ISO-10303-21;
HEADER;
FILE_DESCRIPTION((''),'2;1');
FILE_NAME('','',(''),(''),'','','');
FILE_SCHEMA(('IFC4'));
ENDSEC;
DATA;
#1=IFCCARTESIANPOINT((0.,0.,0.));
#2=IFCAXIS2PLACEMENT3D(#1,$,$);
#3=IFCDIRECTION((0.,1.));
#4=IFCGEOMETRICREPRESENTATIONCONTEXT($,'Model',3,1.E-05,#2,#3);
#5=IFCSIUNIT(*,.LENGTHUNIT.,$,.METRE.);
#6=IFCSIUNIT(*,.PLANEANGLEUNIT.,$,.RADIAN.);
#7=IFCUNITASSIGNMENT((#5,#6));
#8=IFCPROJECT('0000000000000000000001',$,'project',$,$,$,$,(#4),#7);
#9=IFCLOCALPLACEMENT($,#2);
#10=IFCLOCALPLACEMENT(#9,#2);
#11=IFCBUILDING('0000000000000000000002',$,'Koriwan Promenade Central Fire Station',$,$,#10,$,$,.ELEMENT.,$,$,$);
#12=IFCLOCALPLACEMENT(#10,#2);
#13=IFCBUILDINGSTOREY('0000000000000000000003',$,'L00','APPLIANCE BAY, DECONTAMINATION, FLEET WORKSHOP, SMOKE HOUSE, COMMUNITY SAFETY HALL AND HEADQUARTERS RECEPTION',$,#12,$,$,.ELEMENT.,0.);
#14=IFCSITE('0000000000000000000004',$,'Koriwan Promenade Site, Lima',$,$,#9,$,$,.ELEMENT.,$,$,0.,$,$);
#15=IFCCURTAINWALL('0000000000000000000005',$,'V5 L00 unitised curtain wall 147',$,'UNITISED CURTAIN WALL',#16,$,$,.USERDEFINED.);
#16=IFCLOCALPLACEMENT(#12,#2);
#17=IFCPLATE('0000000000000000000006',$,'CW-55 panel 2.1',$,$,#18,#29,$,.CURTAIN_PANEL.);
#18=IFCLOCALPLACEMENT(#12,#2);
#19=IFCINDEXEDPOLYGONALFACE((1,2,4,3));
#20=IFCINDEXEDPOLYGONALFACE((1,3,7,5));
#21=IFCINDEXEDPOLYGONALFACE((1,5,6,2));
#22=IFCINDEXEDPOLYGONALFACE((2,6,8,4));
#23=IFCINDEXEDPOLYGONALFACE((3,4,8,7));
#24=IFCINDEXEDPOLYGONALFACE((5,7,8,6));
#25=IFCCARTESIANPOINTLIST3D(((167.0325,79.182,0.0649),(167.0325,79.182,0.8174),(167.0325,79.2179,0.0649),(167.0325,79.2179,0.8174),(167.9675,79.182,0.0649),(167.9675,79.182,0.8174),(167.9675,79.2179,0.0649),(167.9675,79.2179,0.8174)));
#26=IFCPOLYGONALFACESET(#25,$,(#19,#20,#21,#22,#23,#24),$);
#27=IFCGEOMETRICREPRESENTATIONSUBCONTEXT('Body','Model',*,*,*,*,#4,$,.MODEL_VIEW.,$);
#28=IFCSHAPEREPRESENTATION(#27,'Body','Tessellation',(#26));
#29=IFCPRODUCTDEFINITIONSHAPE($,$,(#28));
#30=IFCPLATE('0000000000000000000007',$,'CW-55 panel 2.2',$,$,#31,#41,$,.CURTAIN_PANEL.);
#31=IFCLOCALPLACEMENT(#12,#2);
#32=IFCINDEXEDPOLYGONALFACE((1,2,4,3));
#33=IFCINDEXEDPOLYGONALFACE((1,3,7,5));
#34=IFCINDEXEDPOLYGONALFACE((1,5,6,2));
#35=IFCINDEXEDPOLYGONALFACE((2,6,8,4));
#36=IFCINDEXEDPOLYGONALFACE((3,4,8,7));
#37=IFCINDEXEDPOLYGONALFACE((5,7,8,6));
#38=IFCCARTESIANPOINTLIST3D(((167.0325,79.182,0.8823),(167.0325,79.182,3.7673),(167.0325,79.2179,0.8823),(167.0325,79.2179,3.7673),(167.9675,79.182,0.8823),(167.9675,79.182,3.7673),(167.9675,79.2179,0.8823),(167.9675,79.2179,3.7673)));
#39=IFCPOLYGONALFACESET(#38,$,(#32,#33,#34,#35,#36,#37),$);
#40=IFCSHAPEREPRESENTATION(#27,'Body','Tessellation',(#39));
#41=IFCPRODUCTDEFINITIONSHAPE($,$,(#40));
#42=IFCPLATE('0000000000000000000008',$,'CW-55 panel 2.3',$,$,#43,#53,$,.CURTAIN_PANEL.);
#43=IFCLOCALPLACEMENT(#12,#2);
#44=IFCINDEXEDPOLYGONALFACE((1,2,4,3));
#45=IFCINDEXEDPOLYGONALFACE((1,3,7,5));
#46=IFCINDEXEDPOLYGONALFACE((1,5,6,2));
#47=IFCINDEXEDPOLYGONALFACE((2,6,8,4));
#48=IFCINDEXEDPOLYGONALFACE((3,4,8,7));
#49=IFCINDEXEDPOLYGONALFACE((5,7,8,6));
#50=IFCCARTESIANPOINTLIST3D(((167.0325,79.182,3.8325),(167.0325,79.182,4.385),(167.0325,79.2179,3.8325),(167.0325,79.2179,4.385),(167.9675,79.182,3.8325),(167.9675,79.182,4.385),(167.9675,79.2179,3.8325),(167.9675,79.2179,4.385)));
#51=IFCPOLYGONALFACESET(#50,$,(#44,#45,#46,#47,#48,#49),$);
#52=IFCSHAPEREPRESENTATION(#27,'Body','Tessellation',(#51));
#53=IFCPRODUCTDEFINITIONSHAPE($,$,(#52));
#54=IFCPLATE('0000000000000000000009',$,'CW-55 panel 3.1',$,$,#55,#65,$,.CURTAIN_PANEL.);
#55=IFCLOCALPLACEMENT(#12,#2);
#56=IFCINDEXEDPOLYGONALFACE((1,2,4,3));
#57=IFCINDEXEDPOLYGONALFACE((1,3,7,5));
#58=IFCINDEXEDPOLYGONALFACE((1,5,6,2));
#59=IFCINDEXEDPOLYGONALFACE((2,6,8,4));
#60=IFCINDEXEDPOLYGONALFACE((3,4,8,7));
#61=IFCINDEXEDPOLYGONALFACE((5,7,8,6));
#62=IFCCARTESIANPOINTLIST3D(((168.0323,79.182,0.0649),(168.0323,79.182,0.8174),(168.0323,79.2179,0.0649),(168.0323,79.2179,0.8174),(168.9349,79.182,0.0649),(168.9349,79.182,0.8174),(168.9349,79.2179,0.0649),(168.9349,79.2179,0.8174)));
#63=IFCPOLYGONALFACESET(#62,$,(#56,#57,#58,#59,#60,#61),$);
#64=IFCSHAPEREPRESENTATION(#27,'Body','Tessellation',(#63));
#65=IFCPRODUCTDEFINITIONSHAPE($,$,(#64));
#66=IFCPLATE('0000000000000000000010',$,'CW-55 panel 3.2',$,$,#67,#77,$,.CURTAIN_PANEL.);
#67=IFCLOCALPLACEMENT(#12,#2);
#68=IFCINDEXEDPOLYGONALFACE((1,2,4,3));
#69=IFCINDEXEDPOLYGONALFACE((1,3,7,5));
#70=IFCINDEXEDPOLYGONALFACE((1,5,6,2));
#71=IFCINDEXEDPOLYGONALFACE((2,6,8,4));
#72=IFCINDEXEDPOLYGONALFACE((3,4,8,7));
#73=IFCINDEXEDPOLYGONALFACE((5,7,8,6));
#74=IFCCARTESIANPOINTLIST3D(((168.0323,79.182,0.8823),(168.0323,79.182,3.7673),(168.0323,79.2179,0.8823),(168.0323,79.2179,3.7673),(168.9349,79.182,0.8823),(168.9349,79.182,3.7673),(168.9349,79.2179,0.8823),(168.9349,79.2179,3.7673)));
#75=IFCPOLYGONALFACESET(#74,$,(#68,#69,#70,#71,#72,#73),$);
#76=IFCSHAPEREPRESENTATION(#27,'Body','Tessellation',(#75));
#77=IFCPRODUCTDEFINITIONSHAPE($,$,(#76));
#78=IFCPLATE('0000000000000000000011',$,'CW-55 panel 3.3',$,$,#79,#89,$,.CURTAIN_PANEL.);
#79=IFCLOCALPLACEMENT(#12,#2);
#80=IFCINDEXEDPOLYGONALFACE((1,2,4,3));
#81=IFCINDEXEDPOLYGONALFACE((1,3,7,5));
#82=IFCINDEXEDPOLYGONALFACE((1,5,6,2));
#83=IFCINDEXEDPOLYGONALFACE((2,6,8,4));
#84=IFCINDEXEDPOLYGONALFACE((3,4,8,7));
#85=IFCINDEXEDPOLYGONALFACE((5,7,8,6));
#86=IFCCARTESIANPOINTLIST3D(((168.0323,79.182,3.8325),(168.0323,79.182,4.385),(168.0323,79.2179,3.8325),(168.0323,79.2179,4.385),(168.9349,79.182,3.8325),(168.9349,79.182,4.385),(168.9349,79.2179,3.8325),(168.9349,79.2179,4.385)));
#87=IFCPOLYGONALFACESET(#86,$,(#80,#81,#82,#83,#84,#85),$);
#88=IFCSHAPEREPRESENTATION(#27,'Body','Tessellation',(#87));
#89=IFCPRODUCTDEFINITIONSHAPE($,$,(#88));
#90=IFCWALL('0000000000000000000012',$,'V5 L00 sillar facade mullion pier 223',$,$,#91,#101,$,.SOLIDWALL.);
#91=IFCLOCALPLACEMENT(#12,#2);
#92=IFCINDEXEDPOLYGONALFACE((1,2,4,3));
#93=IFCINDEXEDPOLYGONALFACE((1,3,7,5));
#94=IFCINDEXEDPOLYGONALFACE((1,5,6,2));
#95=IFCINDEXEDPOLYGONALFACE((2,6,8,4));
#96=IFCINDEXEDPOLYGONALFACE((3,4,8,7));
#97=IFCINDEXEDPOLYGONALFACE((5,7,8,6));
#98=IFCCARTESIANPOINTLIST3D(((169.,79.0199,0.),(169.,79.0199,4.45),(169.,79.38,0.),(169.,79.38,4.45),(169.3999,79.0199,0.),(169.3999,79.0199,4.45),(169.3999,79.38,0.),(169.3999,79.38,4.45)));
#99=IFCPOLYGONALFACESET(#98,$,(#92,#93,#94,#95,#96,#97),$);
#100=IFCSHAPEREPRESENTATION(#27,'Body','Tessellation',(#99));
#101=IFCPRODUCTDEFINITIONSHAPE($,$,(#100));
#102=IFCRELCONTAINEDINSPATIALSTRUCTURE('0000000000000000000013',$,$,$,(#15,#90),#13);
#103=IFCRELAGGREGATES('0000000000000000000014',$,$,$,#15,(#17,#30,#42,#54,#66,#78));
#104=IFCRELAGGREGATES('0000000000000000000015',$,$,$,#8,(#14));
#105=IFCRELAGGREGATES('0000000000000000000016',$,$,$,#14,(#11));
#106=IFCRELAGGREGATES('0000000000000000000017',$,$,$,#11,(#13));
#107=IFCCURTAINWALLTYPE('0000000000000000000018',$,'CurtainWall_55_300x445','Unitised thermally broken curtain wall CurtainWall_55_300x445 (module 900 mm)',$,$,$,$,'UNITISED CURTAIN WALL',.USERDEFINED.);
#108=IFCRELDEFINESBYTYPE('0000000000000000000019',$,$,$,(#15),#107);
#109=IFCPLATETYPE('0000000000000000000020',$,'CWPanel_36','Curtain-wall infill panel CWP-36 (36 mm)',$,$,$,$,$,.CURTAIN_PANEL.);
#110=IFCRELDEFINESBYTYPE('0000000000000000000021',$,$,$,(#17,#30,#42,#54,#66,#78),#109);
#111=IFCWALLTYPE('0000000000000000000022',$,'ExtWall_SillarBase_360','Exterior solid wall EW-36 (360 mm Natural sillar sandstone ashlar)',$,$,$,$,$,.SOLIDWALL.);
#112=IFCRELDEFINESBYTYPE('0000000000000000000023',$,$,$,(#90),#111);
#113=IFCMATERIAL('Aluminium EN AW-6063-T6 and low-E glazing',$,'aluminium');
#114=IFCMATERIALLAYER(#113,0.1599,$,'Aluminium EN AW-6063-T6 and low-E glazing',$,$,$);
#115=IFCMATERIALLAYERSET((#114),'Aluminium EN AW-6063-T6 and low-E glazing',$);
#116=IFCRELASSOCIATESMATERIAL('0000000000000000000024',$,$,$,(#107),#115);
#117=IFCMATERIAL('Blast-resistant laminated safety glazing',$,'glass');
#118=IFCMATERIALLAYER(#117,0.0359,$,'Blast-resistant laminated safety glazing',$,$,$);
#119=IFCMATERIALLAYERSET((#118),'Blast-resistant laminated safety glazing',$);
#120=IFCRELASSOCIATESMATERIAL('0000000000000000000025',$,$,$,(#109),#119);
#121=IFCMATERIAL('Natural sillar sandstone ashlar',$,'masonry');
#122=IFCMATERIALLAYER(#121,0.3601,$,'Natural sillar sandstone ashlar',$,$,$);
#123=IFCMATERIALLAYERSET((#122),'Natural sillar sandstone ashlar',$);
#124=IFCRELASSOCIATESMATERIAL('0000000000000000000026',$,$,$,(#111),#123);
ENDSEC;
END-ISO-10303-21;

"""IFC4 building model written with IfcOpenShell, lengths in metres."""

from ifc_helpers import new_model, si_unit, direction, frame, frame_2d, origin, origin_2d, place, context, subcontext, project, spatial, rectangle, extrude, material, layer, layer_set, type_object, element, aggregate, save


model = new_model("IFC4")

# Units and contexts
model_context = context("Model", 3, precision=1e-05, world=origin(), true_north=direction((0.0, 1.0)))
body_context = subcontext(model_context, "Body", "Model", "MODEL_VIEW")
ifc_project = project(units=[si_unit("LENGTHUNIT", "METRE"), si_unit("PLANEANGLEUNIT", "RADIAN")], contexts=[model_context])

# Site, building, storey
site_placement = place(None, origin())
site = spatial("IfcSite", under=ifc_project, at=site_placement, Name="Koriwan Promenade Site, Lima", CompositionType="ELEMENT", RefElevation=0.0)
building_placement = place(site_placement, origin())
building = spatial("IfcBuilding", under=site, at=building_placement, Name="Koriwan Promenade Central Fire Station", CompositionType="ELEMENT")
storey_placement = place(building_placement, origin())
storey = spatial("IfcBuildingStorey", under=building, at=storey_placement, Name="L00", Description="APPLIANCE BAY, DECONTAMINATION, FLEET WORKSHOP, SMOKE HOUSE, COMMUNITY SAFETY HALL AND HEADQUARTERS RECEPTION", CompositionType="ELEMENT", Elevation=0.0)

# Curtain wall, plates
ifc_material_1 = material(Name="Aluminium EN AW-6063-T6 and low-E glazing", Category="aluminium")
ifc_layer_1 = layer(ifc_material_1, 0.1599, Name="Aluminium EN AW-6063-T6 and low-E glazing")
ifc_layer_set_1 = layer_set([ifc_layer_1], Name="Aluminium EN AW-6063-T6 and low-E glazing")
curtain_wall_type = type_object("IfcCurtainWallType", Name="CurtainWall_55_300x445", Description="Unitised thermally broken curtain wall CurtainWall_55_300x445 (module 900 mm)", ElementType="UNITISED CURTAIN WALL", PredefinedType="USERDEFINED", material=ifc_layer_set_1)
curtain_wall_placement = place(storey_placement, origin())
curtain_wall = element("IfcCurtainWall", 1, at=curtain_wall_placement, inside=storey, type_object=curtain_wall_type, Name="V5 L00 unitised curtain wall 147", ObjectType="UNITISED CURTAIN WALL", PredefinedType="USERDEFINED")
ifc_material_2 = material(Name="Blast-resistant laminated safety glazing", Category="glass")
ifc_layer_2 = layer(ifc_material_2, 0.0359, Name="Blast-resistant laminated safety glazing")
ifc_layer_set_2 = layer_set([ifc_layer_2], Name="Blast-resistant laminated safety glazing")
plate_type = type_object("IfcPlateType", Name="CWPanel_36", Description="Curtain-wall infill panel CWP-36 (36 mm)", PredefinedType="CURTAIN_PANEL", material=ifc_layer_set_2)
plate_1_placement = place(storey_placement, frame((167.5, 79.2, 0.0649), z_axis=(0.0, 0.0, 1.0), x_axis=(1.0, 0.0, 0.0)))
plate_1 = element("IfcPlate", 2, at=plate_1_placement, type_object=plate_type, Name="CW-55 panel 2.1", PredefinedType="CURTAIN_PANEL", context=body_context, shape_type="SweptSolid", body=[
    extrude(rectangle(XDim=0.9351, YDim=0.0359, at=origin_2d()), origin(), (0.0, 0.0, 1.0), 0.7524),
])
plate_2_placement = place(storey_placement, frame((167.5, 79.2, 0.8823), z_axis=(0.0, 0.0, 1.0), x_axis=(1.0, 0.0, 0.0)))
plate_2 = element("IfcPlate", 3, at=plate_2_placement, type_object=plate_type, Name="CW-55 panel 2.2", PredefinedType="CURTAIN_PANEL", context=body_context, shape_type="SweptSolid", body=[
    extrude(rectangle(XDim=0.9351, YDim=0.0359, at=origin_2d()), origin(), (0.0, 0.0, 1.0), 2.885),
])
plate_3_placement = place(storey_placement, frame((167.5, 79.2, 3.8325), z_axis=(0.0, 0.0, 1.0), x_axis=(1.0, 0.0, 0.0)))
plate_3 = element("IfcPlate", 4, at=plate_3_placement, type_object=plate_type, Name="CW-55 panel 2.3", PredefinedType="CURTAIN_PANEL", context=body_context, shape_type="SweptSolid", body=[
    extrude(rectangle(XDim=0.9351, YDim=0.0359, at=origin_2d()), origin(), (0.0, 0.0, 1.0), 0.5525),
])
plate_4_placement = place(storey_placement, frame((168.4836, 79.2, 0.0649), z_axis=(0.0, 0.0, 1.0), x_axis=(1.0, 0.0, 0.0)))
plate_4 = element("IfcPlate", 5, at=plate_4_placement, type_object=plate_type, Name="CW-55 panel 3.1", PredefinedType="CURTAIN_PANEL", context=body_context, shape_type="SweptSolid", body=[
    extrude(rectangle(XDim=0.9026, YDim=0.0359, at=origin_2d()), origin(), (0.0, 0.0, 1.0), 0.7524),
])
plate_5_placement = place(storey_placement, frame((168.4836, 79.2, 0.8823), z_axis=(0.0, 0.0, 1.0), x_axis=(1.0, 0.0, 0.0)))
plate_5 = element("IfcPlate", 6, at=plate_5_placement, type_object=plate_type, Name="CW-55 panel 3.2", PredefinedType="CURTAIN_PANEL", context=body_context, shape_type="SweptSolid", body=[
    extrude(rectangle(XDim=0.9026, YDim=0.0359, at=origin_2d()), origin(), (0.0, 0.0, 1.0), 2.885),
])
plate_6_placement = place(storey_placement, frame((168.4836, 79.2, 3.8325), z_axis=(0.0, 0.0, 1.0), x_axis=(1.0, 0.0, 0.0)))
plate_6 = element("IfcPlate", 7, at=plate_6_placement, type_object=plate_type, Name="CW-55 panel 3.3", PredefinedType="CURTAIN_PANEL", context=body_context, shape_type="SweptSolid", body=[
    extrude(rectangle(XDim=0.9026, YDim=0.0359, at=origin_2d()), origin(), (0.0, 0.0, 1.0), 0.5525),
])
aggregate(curtain_wall, [plate_1, plate_2, plate_3, plate_4, plate_5, plate_6])

# Wall
ifc_material_3 = material(Name="Natural sillar sandstone ashlar", Category="masonry")
ifc_layer_3 = layer(ifc_material_3, 0.3601, Name="Natural sillar sandstone ashlar")
ifc_layer_set_3 = layer_set([ifc_layer_3], Name="Natural sillar sandstone ashlar")
wall_type = type_object("IfcWallType", Name="ExtWall_SillarBase_360", Description="Exterior solid wall EW-36 (360 mm Natural sillar sandstone ashlar)", PredefinedType="SOLIDWALL", material=ifc_layer_set_3)
wall_placement = place(storey_placement, frame((169.0, 79.2, 0.0), z_axis=(0.0, 0.0, 1.0), x_axis=(1.0, 0.0, 0.0)))
element("IfcWall", 8, at=wall_placement, inside=storey, type_object=wall_type, Name="V5 L00 sillar facade mullion pier 223", PredefinedType="SOLIDWALL", context=body_context, shape_type="SweptSolid", body=[
    extrude(rectangle(XDim=0.3999, YDim=0.3601, at=frame_2d((0.2, 0.0))), origin(), (0.0, 0.0, 1.0), 4.45),
])

save(model, "model.ifc")
